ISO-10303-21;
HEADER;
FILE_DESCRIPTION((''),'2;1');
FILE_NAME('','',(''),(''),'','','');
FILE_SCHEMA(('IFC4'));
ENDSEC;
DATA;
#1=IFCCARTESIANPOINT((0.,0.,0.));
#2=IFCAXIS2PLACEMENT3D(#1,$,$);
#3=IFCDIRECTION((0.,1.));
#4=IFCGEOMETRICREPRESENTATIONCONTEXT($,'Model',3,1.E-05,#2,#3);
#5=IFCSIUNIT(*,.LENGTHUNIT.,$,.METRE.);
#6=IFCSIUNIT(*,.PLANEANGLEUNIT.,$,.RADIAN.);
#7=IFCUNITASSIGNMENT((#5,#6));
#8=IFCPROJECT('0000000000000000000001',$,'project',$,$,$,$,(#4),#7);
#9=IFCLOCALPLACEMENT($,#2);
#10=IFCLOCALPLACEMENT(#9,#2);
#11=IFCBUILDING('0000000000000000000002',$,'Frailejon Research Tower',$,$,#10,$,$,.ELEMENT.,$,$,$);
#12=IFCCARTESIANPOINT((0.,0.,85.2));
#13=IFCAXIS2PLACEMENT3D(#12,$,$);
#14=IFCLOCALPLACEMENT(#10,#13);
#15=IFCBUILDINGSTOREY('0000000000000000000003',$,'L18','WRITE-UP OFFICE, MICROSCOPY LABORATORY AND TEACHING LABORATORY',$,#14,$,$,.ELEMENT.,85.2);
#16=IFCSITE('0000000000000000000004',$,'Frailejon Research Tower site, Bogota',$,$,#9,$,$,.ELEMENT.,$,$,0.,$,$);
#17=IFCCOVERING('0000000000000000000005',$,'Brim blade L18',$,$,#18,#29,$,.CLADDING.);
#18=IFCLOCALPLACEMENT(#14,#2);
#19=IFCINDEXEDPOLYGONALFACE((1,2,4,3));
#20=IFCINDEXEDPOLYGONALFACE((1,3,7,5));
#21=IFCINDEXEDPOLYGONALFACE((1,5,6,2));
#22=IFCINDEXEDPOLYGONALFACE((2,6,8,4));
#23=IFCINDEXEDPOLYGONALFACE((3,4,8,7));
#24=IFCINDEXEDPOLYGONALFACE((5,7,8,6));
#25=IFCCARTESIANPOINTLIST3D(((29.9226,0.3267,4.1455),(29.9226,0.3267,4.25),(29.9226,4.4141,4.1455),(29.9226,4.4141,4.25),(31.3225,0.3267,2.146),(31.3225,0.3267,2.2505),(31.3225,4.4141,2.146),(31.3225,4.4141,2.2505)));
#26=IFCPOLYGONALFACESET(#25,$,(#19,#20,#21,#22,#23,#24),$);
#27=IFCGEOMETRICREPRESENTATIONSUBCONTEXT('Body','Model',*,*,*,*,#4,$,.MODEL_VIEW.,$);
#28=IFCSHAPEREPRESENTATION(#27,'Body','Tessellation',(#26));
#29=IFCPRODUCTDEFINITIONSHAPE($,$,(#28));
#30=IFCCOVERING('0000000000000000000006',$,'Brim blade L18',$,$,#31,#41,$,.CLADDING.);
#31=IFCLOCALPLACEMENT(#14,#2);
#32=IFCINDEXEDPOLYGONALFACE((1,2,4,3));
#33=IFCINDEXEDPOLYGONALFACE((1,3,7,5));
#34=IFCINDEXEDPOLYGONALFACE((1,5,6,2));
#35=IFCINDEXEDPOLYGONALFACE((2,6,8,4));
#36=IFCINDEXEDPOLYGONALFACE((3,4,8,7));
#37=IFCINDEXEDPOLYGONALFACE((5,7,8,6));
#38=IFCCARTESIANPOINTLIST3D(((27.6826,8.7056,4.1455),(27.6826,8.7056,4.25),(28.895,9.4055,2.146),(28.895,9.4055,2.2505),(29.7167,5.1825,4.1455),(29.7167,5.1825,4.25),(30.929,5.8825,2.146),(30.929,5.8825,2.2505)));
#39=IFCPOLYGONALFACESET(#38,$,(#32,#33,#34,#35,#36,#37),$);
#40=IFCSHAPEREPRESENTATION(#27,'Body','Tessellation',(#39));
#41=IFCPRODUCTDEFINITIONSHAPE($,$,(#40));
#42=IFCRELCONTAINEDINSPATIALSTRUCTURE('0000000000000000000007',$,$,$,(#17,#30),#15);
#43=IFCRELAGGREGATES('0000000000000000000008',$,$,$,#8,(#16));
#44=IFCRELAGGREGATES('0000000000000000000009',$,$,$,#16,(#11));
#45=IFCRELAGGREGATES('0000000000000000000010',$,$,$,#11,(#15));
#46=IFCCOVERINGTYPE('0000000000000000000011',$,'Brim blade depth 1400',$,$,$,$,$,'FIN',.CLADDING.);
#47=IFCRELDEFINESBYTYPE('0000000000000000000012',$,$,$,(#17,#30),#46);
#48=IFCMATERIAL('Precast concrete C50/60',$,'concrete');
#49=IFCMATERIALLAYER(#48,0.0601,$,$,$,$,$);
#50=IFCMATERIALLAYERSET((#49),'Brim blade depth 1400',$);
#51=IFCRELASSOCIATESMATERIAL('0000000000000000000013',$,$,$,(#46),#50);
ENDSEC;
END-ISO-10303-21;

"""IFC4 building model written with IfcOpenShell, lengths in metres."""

from ifc_helpers import new_model, si_unit, direction, frame, origin, place, context, subcontext, project, spatial, polyline, outline, extrude, material, layer, layer_set, type_object, element, save


model = new_model("IFC4")

# Units and contexts
model_context = context("Model", 3, precision=1e-05, world=origin(), true_north=direction((0.0, 1.0)))
body_context = subcontext(model_context, "Body", "Model", "MODEL_VIEW")
ifc_project = project(units=[si_unit("LENGTHUNIT", "METRE"), si_unit("PLANEANGLEUNIT", "RADIAN")], contexts=[model_context])

# Site, building, storey
site_placement = place(None, origin())
site = spatial("IfcSite", under=ifc_project, at=site_placement, Name="Frailejon Research Tower site, Bogota", CompositionType="ELEMENT", RefElevation=0.0)
building_placement = place(site_placement, origin())
building = spatial("IfcBuilding", under=site, at=building_placement, Name="Frailejon Research Tower", CompositionType="ELEMENT")
storey_placement = place(building_placement, frame((0.0, 0.0, 85.2)))
storey = spatial("IfcBuildingStorey", under=building, at=storey_placement, Name="L18", Description="WRITE-UP OFFICE, MICROSCOPY LABORATORY AND TEACHING LABORATORY", CompositionType="ELEMENT", Elevation=85.2)

# Coverings
ifc_material_1 = material(Name="Precast concrete C50/60", Category="concrete")
ifc_layer_1 = layer(ifc_material_1, 0.0601)
ifc_layer_set_1 = layer_set([ifc_layer_1], Name="Brim blade depth 1400")
covering_type = type_object("IfcCoveringType", Name="Brim blade depth 1400", ElementType="FIN", PredefinedType="CLADDING", material=ifc_layer_set_1)
covering_1_placement = place(storey_placement, frame((29.9226, 4.4141, 4.25), z_axis=(0.0, -1.0, 0.0), x_axis=(1.0, 0.0, 0.0)))
element("IfcCovering", 1, at=covering_1_placement, inside=storey, type_object=covering_type, Name="Brim blade L18", PredefinedType="CLADDING", context=body_context, shape_type="SweptSolid", body=[
    extrude(outline(polyline([(0.0, -0.1045), (1.3999, -2.104), (1.3999, -1.9995), (0.0, 0.0), (0.0, -0.1045)])), origin(), (0.0, 0.0, 1.0), 4.0874),
])
covering_2_placement = place(storey_placement, frame((27.6826, 8.7056, 4.25), z_axis=(0.500007, -0.866021, 0.0), x_axis=(0.866021, 0.500007, 0.0)))
element("IfcCovering", 2, at=covering_2_placement, inside=storey, type_object=covering_type, Name="Brim blade L18", PredefinedType="CLADDING", context=body_context, shape_type="SweptSolid", body=[
    extrude(outline(polyline([(0.0, -0.1045), (1.3999, -2.104), (1.3999, -1.9995), (0.0, 0.0), (0.0, -0.1045)])), origin(), (0.0, 0.0, 1.0), 4.0681),
])

save(model, "model.ifc")
